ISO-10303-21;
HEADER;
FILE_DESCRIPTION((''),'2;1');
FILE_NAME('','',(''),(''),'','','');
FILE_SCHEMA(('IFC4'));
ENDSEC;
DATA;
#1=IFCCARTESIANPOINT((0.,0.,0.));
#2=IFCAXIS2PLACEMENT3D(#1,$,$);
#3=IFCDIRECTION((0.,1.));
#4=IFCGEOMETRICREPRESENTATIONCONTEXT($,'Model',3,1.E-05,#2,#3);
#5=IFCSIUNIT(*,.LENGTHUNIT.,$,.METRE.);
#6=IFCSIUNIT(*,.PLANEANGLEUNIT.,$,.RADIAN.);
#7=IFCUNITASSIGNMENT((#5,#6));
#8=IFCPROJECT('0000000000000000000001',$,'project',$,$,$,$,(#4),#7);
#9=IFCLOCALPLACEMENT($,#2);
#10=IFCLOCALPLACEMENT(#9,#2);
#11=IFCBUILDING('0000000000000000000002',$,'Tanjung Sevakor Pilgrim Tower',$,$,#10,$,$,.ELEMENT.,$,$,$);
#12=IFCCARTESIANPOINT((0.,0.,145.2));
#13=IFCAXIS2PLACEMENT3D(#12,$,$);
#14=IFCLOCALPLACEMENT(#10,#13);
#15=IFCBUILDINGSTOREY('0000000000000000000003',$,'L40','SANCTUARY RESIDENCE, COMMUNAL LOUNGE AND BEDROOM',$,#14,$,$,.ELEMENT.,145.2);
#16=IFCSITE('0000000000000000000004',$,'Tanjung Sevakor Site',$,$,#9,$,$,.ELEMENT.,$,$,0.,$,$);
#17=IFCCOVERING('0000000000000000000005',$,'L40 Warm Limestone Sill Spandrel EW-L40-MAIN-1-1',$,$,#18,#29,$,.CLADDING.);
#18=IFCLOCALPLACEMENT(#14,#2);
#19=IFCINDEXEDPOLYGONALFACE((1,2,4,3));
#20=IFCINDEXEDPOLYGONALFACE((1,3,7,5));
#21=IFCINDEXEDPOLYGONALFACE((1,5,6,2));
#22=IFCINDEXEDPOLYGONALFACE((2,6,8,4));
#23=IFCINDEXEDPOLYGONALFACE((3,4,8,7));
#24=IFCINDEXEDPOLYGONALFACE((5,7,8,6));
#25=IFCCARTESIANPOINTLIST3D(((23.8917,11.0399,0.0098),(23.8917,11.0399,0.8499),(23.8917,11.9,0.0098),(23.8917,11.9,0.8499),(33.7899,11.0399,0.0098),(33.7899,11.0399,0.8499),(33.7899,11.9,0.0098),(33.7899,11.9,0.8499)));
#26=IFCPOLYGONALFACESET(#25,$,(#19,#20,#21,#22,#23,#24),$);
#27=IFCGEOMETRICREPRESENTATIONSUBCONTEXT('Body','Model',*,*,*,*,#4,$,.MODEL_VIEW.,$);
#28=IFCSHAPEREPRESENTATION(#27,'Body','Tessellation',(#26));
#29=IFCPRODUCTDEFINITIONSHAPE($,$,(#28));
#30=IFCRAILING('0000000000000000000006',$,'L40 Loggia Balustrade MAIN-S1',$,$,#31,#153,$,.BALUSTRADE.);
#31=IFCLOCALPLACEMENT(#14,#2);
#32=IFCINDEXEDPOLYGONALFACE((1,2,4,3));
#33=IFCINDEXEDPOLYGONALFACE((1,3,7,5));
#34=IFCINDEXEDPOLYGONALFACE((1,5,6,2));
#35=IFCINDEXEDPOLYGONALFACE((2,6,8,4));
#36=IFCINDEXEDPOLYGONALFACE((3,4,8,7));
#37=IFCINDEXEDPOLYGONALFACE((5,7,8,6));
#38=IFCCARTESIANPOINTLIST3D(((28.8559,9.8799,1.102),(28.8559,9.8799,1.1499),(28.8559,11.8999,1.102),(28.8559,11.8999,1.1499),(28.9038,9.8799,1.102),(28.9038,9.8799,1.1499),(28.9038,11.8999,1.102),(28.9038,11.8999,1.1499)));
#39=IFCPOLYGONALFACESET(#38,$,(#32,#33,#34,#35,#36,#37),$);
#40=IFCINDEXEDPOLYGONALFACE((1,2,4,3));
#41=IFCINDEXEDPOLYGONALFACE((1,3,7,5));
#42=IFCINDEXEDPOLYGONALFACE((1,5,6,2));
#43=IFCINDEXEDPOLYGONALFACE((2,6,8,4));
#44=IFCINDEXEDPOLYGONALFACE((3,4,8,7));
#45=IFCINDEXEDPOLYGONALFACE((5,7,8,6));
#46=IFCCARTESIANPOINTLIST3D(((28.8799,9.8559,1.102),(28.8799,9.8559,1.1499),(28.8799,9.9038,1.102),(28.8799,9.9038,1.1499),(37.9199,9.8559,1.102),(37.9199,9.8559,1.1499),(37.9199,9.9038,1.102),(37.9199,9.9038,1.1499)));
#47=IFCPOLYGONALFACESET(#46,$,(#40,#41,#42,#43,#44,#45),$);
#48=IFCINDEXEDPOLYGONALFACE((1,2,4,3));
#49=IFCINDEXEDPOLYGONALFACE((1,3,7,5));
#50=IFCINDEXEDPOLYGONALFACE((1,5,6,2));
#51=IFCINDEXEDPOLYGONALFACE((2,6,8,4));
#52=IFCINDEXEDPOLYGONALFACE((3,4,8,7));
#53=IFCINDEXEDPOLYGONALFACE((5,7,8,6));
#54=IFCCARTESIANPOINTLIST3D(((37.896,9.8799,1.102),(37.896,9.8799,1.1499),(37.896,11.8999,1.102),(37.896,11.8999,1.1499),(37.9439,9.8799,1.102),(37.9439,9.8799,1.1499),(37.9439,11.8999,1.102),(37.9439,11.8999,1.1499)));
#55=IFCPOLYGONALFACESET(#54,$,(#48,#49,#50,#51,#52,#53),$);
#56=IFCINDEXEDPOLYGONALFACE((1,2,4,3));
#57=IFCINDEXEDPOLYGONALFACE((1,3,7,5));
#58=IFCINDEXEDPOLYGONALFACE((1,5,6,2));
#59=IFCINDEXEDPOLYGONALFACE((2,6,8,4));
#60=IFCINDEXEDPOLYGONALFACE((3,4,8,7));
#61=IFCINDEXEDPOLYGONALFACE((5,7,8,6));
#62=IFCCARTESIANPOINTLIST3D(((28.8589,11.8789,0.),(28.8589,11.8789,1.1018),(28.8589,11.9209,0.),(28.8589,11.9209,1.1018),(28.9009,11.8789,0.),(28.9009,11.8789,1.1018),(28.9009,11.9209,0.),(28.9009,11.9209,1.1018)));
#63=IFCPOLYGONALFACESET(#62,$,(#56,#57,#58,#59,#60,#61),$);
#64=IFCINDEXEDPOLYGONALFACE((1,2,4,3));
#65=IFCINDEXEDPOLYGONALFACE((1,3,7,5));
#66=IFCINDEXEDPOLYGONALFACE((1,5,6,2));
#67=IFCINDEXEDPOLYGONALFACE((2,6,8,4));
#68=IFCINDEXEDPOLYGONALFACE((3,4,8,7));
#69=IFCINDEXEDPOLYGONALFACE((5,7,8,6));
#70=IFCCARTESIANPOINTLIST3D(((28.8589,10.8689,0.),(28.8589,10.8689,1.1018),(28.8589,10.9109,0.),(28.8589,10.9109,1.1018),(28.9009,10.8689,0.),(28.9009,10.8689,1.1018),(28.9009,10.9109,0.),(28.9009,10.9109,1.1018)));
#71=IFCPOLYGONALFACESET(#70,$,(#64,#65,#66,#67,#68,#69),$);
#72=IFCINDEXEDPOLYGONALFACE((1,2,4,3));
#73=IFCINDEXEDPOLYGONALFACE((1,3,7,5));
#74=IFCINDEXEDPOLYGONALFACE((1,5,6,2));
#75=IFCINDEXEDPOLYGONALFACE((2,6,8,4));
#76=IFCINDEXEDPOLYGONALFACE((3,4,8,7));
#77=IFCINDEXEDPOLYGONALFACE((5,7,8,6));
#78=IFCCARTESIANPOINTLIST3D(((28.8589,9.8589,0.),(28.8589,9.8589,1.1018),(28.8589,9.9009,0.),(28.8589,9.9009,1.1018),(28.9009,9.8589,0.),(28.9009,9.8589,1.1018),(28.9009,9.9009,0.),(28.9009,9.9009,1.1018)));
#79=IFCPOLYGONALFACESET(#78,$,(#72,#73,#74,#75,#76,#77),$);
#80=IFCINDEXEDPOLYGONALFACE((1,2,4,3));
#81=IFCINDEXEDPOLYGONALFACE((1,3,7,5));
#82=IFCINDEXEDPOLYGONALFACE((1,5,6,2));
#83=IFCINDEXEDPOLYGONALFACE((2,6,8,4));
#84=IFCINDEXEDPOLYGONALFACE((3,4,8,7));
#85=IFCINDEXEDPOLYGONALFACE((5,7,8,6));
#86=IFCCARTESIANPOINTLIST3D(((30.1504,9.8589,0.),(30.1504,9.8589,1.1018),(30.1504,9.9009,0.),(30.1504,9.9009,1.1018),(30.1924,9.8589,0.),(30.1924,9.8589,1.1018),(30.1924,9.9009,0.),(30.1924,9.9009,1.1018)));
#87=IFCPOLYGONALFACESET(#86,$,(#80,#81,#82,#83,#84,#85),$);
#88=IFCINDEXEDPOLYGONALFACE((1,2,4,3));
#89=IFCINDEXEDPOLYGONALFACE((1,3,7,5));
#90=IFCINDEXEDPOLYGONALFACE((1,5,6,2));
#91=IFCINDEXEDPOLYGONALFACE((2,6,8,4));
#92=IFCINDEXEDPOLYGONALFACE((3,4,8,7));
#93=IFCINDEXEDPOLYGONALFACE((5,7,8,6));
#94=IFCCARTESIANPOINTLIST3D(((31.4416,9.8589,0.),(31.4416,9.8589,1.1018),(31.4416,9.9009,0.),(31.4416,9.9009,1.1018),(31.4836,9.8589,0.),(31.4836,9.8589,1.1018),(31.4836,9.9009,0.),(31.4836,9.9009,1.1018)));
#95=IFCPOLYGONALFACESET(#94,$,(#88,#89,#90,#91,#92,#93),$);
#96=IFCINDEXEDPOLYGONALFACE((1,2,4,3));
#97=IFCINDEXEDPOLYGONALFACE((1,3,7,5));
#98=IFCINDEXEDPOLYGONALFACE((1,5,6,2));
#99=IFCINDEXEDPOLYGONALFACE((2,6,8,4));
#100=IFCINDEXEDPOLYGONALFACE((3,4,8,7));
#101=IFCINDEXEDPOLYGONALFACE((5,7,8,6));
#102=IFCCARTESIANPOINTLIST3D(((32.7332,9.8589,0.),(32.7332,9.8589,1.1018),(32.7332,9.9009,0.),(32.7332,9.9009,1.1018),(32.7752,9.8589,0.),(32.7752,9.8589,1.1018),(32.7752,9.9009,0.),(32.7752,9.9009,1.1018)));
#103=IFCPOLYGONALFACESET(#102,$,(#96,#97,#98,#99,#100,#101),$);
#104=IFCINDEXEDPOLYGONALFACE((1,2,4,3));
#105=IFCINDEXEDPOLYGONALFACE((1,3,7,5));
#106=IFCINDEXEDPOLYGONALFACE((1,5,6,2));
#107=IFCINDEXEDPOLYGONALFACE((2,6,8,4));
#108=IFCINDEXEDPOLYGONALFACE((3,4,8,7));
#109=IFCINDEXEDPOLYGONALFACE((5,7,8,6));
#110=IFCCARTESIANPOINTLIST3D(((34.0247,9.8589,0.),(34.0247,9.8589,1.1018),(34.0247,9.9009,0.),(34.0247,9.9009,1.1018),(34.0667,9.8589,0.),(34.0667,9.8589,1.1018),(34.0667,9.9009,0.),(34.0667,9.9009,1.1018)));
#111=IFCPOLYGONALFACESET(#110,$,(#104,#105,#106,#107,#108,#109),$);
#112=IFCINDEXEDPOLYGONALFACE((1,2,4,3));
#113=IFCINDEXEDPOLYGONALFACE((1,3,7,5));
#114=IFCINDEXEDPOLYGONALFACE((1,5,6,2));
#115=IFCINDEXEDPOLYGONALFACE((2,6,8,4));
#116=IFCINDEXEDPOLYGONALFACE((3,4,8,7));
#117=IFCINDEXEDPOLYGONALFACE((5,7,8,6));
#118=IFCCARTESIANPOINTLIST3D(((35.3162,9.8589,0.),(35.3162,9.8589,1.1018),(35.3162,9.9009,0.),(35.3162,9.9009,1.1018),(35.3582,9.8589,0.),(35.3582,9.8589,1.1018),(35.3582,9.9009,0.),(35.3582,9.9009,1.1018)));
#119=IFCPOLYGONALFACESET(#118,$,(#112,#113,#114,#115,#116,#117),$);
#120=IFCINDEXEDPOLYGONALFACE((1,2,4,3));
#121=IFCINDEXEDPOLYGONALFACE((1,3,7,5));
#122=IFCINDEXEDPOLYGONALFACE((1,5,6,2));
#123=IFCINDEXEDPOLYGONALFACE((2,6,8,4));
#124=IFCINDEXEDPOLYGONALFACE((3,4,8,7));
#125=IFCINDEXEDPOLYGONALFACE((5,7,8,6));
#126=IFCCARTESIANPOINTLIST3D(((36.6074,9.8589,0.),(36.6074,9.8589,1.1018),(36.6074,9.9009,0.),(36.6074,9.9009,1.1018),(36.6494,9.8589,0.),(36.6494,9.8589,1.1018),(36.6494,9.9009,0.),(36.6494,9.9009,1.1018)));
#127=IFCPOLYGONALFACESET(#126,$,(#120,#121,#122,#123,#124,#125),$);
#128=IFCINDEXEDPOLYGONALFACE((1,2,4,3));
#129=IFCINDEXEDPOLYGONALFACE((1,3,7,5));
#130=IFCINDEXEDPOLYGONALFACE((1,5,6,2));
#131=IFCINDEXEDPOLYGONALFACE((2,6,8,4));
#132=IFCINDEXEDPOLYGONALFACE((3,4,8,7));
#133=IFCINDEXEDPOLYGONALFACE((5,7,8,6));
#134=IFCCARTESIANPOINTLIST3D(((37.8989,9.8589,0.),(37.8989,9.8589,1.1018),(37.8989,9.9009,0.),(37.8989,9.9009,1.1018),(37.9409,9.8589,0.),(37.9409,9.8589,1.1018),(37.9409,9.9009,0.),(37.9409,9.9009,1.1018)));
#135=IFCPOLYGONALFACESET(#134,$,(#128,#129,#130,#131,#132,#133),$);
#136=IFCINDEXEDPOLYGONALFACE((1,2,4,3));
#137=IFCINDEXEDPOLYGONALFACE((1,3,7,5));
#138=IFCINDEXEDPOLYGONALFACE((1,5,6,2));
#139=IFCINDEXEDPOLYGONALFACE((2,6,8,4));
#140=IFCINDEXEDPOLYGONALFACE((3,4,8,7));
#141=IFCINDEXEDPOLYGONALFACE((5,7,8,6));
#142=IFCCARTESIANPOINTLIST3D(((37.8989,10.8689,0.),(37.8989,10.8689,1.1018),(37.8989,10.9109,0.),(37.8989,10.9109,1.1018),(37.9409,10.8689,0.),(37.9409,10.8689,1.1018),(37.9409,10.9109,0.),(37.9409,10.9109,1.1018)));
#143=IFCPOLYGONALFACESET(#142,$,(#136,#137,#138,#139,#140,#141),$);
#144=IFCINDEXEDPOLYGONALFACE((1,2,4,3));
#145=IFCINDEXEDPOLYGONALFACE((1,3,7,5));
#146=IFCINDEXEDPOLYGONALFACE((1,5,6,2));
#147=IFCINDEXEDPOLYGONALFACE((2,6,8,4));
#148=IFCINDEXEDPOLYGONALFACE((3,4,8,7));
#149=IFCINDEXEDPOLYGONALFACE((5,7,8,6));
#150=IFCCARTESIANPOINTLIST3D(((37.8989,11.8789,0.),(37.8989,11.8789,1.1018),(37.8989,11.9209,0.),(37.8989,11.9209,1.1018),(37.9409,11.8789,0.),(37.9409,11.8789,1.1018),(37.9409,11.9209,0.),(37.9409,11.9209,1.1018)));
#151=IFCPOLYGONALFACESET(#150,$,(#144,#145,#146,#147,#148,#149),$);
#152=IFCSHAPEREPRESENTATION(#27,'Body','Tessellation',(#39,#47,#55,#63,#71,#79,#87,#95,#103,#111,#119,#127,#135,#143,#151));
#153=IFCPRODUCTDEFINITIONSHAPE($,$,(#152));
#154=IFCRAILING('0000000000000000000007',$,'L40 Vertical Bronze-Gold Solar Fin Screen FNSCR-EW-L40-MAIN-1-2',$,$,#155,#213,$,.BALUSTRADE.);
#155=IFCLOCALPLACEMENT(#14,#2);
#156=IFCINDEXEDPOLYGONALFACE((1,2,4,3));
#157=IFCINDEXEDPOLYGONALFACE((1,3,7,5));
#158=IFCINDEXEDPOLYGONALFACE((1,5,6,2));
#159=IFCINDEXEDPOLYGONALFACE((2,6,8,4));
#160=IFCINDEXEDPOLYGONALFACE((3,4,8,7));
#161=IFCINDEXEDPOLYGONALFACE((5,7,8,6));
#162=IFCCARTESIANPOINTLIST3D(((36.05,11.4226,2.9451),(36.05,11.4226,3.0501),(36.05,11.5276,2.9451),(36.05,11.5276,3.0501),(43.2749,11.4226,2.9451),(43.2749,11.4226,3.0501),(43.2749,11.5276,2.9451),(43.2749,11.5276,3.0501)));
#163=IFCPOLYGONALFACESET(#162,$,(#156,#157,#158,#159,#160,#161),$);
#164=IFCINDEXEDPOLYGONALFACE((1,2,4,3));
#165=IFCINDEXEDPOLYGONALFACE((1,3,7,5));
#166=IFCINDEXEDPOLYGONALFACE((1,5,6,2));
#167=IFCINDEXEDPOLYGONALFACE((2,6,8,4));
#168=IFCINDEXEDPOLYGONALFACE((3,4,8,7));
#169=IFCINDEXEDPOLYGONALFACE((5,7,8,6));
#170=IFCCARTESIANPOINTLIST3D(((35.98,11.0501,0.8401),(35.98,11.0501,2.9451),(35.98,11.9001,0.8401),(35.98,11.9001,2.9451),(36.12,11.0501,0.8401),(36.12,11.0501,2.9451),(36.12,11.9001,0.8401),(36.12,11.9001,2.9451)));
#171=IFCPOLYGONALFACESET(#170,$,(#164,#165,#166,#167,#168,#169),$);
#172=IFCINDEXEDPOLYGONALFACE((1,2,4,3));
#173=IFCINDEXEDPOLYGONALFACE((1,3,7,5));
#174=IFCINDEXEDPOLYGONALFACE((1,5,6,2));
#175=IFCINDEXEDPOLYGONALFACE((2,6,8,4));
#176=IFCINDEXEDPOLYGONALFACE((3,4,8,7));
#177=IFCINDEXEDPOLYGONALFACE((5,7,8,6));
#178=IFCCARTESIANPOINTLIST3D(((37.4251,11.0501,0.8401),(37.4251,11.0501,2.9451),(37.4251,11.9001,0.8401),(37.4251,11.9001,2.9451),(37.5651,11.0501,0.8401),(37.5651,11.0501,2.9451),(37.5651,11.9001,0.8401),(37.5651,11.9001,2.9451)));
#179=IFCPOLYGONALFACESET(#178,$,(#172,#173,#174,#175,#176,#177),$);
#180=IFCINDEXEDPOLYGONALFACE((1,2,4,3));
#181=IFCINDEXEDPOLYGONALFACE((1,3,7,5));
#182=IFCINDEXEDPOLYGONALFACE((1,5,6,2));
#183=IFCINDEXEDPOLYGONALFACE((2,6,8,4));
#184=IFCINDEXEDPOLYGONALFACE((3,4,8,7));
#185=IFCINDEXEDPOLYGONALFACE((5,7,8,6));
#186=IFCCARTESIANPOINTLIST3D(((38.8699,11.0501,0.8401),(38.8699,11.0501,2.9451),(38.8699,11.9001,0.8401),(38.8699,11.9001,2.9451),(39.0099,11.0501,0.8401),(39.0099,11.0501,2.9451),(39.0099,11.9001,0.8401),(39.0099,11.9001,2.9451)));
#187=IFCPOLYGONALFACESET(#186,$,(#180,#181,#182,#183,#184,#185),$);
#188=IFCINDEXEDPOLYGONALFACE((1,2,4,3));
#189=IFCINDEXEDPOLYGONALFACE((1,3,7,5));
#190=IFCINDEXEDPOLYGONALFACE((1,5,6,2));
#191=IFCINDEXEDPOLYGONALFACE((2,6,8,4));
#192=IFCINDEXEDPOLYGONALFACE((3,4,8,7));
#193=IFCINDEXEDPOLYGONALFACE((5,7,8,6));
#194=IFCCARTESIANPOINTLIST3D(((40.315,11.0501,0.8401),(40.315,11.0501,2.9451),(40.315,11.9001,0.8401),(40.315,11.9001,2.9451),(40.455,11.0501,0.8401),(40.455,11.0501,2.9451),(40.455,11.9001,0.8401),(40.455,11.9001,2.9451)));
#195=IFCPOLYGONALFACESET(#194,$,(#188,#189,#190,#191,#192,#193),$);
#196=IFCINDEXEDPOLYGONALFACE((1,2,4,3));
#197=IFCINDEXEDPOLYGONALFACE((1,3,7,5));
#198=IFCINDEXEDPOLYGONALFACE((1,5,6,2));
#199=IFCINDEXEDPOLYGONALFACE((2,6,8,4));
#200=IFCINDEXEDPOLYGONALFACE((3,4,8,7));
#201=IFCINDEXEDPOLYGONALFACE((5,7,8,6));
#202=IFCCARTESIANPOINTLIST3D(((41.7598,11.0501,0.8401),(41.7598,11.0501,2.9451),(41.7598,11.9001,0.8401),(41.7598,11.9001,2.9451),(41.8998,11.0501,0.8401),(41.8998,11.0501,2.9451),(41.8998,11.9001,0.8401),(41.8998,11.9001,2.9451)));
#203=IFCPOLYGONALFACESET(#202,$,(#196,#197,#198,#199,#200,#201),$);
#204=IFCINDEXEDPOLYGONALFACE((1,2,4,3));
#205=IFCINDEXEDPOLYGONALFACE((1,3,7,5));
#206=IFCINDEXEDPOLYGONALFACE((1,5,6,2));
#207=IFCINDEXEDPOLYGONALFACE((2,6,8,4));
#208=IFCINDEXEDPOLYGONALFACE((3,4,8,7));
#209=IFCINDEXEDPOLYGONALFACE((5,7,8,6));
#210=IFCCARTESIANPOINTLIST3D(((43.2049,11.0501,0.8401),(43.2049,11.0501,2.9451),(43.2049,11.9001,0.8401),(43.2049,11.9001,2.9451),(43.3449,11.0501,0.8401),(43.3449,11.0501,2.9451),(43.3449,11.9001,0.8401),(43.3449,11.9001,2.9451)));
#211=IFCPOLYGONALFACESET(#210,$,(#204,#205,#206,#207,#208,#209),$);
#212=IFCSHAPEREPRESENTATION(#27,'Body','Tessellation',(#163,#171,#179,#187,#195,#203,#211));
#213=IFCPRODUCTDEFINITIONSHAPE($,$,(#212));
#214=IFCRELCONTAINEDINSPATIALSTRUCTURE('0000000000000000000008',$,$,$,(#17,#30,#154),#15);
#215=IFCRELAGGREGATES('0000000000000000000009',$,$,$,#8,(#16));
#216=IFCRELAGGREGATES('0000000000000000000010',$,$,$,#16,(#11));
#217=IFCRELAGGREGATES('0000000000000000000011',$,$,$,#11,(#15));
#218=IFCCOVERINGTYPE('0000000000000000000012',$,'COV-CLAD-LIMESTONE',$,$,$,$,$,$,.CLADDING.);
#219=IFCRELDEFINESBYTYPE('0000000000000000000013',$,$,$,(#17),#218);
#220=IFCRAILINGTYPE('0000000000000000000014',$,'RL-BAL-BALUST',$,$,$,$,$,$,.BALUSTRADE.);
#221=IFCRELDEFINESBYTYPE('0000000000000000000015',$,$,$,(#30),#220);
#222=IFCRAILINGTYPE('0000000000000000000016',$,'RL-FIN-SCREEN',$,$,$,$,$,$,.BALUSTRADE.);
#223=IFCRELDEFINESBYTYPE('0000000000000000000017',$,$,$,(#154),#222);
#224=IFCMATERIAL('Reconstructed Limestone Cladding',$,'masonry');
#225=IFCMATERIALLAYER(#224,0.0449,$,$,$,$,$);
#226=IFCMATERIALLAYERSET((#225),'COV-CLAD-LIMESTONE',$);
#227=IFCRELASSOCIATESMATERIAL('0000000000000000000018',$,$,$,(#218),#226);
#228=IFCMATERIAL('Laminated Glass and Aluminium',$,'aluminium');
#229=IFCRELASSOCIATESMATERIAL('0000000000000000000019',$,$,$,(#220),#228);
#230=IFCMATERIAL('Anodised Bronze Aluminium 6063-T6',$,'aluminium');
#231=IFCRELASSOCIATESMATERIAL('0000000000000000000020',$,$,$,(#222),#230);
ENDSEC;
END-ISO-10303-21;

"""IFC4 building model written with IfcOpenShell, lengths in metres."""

from ifc_helpers import new_model, si_unit, direction, frame, origin, origin_2d, place, context, subcontext, project, spatial, rectangle, extrude, material, layer, layer_set, type_object, element, save


model = new_model("IFC4")

# Units and contexts
model_context = context("Model", 3, precision=1e-05, world=origin(), true_north=direction((0.0, 1.0)))
body_context = subcontext(model_context, "Body", "Model", "MODEL_VIEW")
ifc_project = project(units=[si_unit("LENGTHUNIT", "METRE"), si_unit("PLANEANGLEUNIT", "RADIAN")], contexts=[model_context])

# Site, building, storey
site_placement = place(None, origin())
site = spatial("IfcSite", under=ifc_project, at=site_placement, Name="Tanjung Sevakor Site", CompositionType="ELEMENT", RefElevation=0.0)
building_placement = place(site_placement, origin())
building = spatial("IfcBuilding", under=site, at=building_placement, Name="Tanjung Sevakor Pilgrim Tower", CompositionType="ELEMENT")
storey_placement = place(building_placement, frame((0.0, 0.0, 145.2)))
storey = spatial("IfcBuildingStorey", under=building, at=storey_placement, Name="L40", Description="SANCTUARY RESIDENCE, COMMUNAL LOUNGE AND BEDROOM", CompositionType="ELEMENT", Elevation=145.2)

# Covering
ifc_material_1 = material(Name="Reconstructed Limestone Cladding", Category="masonry")
ifc_layer_1 = layer(ifc_material_1, 0.0449)
ifc_layer_set_1 = layer_set([ifc_layer_1], Name="COV-CLAD-LIMESTONE")
covering_type = type_object("IfcCoveringType", Name="COV-CLAD-LIMESTONE", PredefinedType="CLADDING", material=ifc_layer_set_1)
covering_placement = place(storey_placement, frame((28.8408, 11.47, 0.0098), z_axis=(0.0, 0.0, 1.0), x_axis=(1.0, 0.0, 0.0)))
element("IfcCovering", 1, at=covering_placement, inside=storey, type_object=covering_type, Name="L40 Warm Limestone Sill Spandrel EW-L40-MAIN-1-1", PredefinedType="CLADDING", context=body_context, shape_type="SweptSolid", body=[
    extrude(rectangle(XDim=9.8982, YDim=0.8601, at=origin_2d()), origin(), (0.0, 0.0, 1.0), 0.8401),
])

# Railings
ifc_material_2 = material(Name="Laminated Glass and Aluminium", Category="aluminium")
railing_type_1 = type_object("IfcRailingType", Name="RL-BAL-BALUST", PredefinedType="BALUSTRADE", material=ifc_material_2)
railing_1_placement = place(storey_placement, frame((28.8799, 11.8999, 0.0)))
element("IfcRailing", 2, at=railing_1_placement, inside=storey, type_object=railing_type_1, Name="L40 Loggia Balustrade MAIN-S1", PredefinedType="BALUSTRADE", context=body_context, shape_type="SweptSolid", body=[
    extrude(rectangle(XDim=0.0479, YDim=0.0479), frame((0.0, 0.0, 1.126), z_axis=(0.0, -1.0, 0.0), x_axis=(1.0, 0.0, 0.0)), (0.0, 0.0, 1.0), 2.02),
    extrude(rectangle(XDim=0.0479, YDim=0.0479), frame((0.0, -2.02, 1.126), z_axis=(1.0, 0.0, 0.0), x_axis=(0.0, 1.0, 0.0)), (0.0, 0.0, 1.0), 9.04),
    extrude(rectangle(XDim=0.0479, YDim=0.0479), frame((9.04, -2.02, 1.126), z_axis=(0.0, 1.0, 0.0), x_axis=(-1.0, 0.0, 0.0)), (0.0, 0.0, 1.0), 2.02),
    extrude(rectangle(XDim=0.042, YDim=0.042), origin(), (0.0, 0.0, 1.0), 1.1018),
    extrude(rectangle(XDim=0.042, YDim=0.042), frame((0.0, -1.01, 0.0)), (0.0, 0.0, 1.0), 1.1018),
    extrude(rectangle(XDim=0.042, YDim=0.042), frame((0.0, -2.02, 0.0)), (0.0, 0.0, 1.0), 1.1018),
    extrude(rectangle(XDim=0.042, YDim=0.042), frame((1.2915, -2.02, 0.0)), (0.0, 0.0, 1.0), 1.1018),
    extrude(rectangle(XDim=0.042, YDim=0.042), frame((2.5828, -2.02, 0.0)), (0.0, 0.0, 1.0), 1.1018),
    extrude(rectangle(XDim=0.042, YDim=0.042), frame((3.8743, -2.02, 0.0)), (0.0, 0.0, 1.0), 1.1018),
    extrude(rectangle(XDim=0.042, YDim=0.042), frame((5.1658, -2.02, 0.0)), (0.0, 0.0, 1.0), 1.1018),
    extrude(rectangle(XDim=0.042, YDim=0.042), frame((6.4573, -2.02, 0.0)), (0.0, 0.0, 1.0), 1.1018),
    extrude(rectangle(XDim=0.042, YDim=0.042), frame((7.7485, -2.02, 0.0)), (0.0, 0.0, 1.0), 1.1018),
    extrude(rectangle(XDim=0.042, YDim=0.042), frame((9.04, -2.02, 0.0)), (0.0, 0.0, 1.0), 1.1018),
    extrude(rectangle(XDim=0.042, YDim=0.042), frame((9.04, -1.01, 0.0)), (0.0, 0.0, 1.0), 1.1018),
    extrude(rectangle(XDim=0.042, YDim=0.042), frame((9.04, 0.0, 0.0)), (0.0, 0.0, 1.0), 1.1018),
])
ifc_material_3 = material(Name="Anodised Bronze Aluminium 6063-T6", Category="aluminium")
railing_type_2 = type_object("IfcRailingType", Name="RL-FIN-SCREEN", PredefinedType="BALUSTRADE", material=ifc_material_3)
railing_2_placement = place(storey_placement, frame((36.05, 11.4751, 0.8401)))
element("IfcRailing", 3, at=railing_2_placement, inside=storey, type_object=railing_type_2, Name="L40 Vertical Bronze-Gold Solar Fin Screen FNSCR-EW-L40-MAIN-1-2", PredefinedType="BALUSTRADE", context=body_context, shape_type="SweptSolid", body=[
    extrude(rectangle(XDim=0.105, YDim=0.105), frame((0.0, 0.0, 2.1575), z_axis=(1.0, 0.0, 0.0), x_axis=(0.0, 1.0, 0.0)), (0.0, 0.0, 1.0), 7.2249),
    extrude(rectangle(XDim=0.14, YDim=0.85), origin(), (0.0, 0.0, 1.0), 2.105),
    extrude(rectangle(XDim=0.14, YDim=0.85), frame((1.4451, 0.0, 0.0)), (0.0, 0.0, 1.0), 2.105),
    extrude(rectangle(XDim=0.14, YDim=0.85), frame((2.8899, 0.0, 0.0)), (0.0, 0.0, 1.0), 2.105),
    extrude(rectangle(XDim=0.14, YDim=0.85), frame((4.335, 0.0, 0.0)), (0.0, 0.0, 1.0), 2.105),
    extrude(rectangle(XDim=0.14, YDim=0.85), frame((5.7798, 0.0, 0.0)), (0.0, 0.0, 1.0), 2.105),
    extrude(rectangle(XDim=0.14, YDim=0.85), frame((7.2249, 0.0, 0.0)), (0.0, 0.0, 1.0), 2.105),
])

save(model, "model.ifc")
